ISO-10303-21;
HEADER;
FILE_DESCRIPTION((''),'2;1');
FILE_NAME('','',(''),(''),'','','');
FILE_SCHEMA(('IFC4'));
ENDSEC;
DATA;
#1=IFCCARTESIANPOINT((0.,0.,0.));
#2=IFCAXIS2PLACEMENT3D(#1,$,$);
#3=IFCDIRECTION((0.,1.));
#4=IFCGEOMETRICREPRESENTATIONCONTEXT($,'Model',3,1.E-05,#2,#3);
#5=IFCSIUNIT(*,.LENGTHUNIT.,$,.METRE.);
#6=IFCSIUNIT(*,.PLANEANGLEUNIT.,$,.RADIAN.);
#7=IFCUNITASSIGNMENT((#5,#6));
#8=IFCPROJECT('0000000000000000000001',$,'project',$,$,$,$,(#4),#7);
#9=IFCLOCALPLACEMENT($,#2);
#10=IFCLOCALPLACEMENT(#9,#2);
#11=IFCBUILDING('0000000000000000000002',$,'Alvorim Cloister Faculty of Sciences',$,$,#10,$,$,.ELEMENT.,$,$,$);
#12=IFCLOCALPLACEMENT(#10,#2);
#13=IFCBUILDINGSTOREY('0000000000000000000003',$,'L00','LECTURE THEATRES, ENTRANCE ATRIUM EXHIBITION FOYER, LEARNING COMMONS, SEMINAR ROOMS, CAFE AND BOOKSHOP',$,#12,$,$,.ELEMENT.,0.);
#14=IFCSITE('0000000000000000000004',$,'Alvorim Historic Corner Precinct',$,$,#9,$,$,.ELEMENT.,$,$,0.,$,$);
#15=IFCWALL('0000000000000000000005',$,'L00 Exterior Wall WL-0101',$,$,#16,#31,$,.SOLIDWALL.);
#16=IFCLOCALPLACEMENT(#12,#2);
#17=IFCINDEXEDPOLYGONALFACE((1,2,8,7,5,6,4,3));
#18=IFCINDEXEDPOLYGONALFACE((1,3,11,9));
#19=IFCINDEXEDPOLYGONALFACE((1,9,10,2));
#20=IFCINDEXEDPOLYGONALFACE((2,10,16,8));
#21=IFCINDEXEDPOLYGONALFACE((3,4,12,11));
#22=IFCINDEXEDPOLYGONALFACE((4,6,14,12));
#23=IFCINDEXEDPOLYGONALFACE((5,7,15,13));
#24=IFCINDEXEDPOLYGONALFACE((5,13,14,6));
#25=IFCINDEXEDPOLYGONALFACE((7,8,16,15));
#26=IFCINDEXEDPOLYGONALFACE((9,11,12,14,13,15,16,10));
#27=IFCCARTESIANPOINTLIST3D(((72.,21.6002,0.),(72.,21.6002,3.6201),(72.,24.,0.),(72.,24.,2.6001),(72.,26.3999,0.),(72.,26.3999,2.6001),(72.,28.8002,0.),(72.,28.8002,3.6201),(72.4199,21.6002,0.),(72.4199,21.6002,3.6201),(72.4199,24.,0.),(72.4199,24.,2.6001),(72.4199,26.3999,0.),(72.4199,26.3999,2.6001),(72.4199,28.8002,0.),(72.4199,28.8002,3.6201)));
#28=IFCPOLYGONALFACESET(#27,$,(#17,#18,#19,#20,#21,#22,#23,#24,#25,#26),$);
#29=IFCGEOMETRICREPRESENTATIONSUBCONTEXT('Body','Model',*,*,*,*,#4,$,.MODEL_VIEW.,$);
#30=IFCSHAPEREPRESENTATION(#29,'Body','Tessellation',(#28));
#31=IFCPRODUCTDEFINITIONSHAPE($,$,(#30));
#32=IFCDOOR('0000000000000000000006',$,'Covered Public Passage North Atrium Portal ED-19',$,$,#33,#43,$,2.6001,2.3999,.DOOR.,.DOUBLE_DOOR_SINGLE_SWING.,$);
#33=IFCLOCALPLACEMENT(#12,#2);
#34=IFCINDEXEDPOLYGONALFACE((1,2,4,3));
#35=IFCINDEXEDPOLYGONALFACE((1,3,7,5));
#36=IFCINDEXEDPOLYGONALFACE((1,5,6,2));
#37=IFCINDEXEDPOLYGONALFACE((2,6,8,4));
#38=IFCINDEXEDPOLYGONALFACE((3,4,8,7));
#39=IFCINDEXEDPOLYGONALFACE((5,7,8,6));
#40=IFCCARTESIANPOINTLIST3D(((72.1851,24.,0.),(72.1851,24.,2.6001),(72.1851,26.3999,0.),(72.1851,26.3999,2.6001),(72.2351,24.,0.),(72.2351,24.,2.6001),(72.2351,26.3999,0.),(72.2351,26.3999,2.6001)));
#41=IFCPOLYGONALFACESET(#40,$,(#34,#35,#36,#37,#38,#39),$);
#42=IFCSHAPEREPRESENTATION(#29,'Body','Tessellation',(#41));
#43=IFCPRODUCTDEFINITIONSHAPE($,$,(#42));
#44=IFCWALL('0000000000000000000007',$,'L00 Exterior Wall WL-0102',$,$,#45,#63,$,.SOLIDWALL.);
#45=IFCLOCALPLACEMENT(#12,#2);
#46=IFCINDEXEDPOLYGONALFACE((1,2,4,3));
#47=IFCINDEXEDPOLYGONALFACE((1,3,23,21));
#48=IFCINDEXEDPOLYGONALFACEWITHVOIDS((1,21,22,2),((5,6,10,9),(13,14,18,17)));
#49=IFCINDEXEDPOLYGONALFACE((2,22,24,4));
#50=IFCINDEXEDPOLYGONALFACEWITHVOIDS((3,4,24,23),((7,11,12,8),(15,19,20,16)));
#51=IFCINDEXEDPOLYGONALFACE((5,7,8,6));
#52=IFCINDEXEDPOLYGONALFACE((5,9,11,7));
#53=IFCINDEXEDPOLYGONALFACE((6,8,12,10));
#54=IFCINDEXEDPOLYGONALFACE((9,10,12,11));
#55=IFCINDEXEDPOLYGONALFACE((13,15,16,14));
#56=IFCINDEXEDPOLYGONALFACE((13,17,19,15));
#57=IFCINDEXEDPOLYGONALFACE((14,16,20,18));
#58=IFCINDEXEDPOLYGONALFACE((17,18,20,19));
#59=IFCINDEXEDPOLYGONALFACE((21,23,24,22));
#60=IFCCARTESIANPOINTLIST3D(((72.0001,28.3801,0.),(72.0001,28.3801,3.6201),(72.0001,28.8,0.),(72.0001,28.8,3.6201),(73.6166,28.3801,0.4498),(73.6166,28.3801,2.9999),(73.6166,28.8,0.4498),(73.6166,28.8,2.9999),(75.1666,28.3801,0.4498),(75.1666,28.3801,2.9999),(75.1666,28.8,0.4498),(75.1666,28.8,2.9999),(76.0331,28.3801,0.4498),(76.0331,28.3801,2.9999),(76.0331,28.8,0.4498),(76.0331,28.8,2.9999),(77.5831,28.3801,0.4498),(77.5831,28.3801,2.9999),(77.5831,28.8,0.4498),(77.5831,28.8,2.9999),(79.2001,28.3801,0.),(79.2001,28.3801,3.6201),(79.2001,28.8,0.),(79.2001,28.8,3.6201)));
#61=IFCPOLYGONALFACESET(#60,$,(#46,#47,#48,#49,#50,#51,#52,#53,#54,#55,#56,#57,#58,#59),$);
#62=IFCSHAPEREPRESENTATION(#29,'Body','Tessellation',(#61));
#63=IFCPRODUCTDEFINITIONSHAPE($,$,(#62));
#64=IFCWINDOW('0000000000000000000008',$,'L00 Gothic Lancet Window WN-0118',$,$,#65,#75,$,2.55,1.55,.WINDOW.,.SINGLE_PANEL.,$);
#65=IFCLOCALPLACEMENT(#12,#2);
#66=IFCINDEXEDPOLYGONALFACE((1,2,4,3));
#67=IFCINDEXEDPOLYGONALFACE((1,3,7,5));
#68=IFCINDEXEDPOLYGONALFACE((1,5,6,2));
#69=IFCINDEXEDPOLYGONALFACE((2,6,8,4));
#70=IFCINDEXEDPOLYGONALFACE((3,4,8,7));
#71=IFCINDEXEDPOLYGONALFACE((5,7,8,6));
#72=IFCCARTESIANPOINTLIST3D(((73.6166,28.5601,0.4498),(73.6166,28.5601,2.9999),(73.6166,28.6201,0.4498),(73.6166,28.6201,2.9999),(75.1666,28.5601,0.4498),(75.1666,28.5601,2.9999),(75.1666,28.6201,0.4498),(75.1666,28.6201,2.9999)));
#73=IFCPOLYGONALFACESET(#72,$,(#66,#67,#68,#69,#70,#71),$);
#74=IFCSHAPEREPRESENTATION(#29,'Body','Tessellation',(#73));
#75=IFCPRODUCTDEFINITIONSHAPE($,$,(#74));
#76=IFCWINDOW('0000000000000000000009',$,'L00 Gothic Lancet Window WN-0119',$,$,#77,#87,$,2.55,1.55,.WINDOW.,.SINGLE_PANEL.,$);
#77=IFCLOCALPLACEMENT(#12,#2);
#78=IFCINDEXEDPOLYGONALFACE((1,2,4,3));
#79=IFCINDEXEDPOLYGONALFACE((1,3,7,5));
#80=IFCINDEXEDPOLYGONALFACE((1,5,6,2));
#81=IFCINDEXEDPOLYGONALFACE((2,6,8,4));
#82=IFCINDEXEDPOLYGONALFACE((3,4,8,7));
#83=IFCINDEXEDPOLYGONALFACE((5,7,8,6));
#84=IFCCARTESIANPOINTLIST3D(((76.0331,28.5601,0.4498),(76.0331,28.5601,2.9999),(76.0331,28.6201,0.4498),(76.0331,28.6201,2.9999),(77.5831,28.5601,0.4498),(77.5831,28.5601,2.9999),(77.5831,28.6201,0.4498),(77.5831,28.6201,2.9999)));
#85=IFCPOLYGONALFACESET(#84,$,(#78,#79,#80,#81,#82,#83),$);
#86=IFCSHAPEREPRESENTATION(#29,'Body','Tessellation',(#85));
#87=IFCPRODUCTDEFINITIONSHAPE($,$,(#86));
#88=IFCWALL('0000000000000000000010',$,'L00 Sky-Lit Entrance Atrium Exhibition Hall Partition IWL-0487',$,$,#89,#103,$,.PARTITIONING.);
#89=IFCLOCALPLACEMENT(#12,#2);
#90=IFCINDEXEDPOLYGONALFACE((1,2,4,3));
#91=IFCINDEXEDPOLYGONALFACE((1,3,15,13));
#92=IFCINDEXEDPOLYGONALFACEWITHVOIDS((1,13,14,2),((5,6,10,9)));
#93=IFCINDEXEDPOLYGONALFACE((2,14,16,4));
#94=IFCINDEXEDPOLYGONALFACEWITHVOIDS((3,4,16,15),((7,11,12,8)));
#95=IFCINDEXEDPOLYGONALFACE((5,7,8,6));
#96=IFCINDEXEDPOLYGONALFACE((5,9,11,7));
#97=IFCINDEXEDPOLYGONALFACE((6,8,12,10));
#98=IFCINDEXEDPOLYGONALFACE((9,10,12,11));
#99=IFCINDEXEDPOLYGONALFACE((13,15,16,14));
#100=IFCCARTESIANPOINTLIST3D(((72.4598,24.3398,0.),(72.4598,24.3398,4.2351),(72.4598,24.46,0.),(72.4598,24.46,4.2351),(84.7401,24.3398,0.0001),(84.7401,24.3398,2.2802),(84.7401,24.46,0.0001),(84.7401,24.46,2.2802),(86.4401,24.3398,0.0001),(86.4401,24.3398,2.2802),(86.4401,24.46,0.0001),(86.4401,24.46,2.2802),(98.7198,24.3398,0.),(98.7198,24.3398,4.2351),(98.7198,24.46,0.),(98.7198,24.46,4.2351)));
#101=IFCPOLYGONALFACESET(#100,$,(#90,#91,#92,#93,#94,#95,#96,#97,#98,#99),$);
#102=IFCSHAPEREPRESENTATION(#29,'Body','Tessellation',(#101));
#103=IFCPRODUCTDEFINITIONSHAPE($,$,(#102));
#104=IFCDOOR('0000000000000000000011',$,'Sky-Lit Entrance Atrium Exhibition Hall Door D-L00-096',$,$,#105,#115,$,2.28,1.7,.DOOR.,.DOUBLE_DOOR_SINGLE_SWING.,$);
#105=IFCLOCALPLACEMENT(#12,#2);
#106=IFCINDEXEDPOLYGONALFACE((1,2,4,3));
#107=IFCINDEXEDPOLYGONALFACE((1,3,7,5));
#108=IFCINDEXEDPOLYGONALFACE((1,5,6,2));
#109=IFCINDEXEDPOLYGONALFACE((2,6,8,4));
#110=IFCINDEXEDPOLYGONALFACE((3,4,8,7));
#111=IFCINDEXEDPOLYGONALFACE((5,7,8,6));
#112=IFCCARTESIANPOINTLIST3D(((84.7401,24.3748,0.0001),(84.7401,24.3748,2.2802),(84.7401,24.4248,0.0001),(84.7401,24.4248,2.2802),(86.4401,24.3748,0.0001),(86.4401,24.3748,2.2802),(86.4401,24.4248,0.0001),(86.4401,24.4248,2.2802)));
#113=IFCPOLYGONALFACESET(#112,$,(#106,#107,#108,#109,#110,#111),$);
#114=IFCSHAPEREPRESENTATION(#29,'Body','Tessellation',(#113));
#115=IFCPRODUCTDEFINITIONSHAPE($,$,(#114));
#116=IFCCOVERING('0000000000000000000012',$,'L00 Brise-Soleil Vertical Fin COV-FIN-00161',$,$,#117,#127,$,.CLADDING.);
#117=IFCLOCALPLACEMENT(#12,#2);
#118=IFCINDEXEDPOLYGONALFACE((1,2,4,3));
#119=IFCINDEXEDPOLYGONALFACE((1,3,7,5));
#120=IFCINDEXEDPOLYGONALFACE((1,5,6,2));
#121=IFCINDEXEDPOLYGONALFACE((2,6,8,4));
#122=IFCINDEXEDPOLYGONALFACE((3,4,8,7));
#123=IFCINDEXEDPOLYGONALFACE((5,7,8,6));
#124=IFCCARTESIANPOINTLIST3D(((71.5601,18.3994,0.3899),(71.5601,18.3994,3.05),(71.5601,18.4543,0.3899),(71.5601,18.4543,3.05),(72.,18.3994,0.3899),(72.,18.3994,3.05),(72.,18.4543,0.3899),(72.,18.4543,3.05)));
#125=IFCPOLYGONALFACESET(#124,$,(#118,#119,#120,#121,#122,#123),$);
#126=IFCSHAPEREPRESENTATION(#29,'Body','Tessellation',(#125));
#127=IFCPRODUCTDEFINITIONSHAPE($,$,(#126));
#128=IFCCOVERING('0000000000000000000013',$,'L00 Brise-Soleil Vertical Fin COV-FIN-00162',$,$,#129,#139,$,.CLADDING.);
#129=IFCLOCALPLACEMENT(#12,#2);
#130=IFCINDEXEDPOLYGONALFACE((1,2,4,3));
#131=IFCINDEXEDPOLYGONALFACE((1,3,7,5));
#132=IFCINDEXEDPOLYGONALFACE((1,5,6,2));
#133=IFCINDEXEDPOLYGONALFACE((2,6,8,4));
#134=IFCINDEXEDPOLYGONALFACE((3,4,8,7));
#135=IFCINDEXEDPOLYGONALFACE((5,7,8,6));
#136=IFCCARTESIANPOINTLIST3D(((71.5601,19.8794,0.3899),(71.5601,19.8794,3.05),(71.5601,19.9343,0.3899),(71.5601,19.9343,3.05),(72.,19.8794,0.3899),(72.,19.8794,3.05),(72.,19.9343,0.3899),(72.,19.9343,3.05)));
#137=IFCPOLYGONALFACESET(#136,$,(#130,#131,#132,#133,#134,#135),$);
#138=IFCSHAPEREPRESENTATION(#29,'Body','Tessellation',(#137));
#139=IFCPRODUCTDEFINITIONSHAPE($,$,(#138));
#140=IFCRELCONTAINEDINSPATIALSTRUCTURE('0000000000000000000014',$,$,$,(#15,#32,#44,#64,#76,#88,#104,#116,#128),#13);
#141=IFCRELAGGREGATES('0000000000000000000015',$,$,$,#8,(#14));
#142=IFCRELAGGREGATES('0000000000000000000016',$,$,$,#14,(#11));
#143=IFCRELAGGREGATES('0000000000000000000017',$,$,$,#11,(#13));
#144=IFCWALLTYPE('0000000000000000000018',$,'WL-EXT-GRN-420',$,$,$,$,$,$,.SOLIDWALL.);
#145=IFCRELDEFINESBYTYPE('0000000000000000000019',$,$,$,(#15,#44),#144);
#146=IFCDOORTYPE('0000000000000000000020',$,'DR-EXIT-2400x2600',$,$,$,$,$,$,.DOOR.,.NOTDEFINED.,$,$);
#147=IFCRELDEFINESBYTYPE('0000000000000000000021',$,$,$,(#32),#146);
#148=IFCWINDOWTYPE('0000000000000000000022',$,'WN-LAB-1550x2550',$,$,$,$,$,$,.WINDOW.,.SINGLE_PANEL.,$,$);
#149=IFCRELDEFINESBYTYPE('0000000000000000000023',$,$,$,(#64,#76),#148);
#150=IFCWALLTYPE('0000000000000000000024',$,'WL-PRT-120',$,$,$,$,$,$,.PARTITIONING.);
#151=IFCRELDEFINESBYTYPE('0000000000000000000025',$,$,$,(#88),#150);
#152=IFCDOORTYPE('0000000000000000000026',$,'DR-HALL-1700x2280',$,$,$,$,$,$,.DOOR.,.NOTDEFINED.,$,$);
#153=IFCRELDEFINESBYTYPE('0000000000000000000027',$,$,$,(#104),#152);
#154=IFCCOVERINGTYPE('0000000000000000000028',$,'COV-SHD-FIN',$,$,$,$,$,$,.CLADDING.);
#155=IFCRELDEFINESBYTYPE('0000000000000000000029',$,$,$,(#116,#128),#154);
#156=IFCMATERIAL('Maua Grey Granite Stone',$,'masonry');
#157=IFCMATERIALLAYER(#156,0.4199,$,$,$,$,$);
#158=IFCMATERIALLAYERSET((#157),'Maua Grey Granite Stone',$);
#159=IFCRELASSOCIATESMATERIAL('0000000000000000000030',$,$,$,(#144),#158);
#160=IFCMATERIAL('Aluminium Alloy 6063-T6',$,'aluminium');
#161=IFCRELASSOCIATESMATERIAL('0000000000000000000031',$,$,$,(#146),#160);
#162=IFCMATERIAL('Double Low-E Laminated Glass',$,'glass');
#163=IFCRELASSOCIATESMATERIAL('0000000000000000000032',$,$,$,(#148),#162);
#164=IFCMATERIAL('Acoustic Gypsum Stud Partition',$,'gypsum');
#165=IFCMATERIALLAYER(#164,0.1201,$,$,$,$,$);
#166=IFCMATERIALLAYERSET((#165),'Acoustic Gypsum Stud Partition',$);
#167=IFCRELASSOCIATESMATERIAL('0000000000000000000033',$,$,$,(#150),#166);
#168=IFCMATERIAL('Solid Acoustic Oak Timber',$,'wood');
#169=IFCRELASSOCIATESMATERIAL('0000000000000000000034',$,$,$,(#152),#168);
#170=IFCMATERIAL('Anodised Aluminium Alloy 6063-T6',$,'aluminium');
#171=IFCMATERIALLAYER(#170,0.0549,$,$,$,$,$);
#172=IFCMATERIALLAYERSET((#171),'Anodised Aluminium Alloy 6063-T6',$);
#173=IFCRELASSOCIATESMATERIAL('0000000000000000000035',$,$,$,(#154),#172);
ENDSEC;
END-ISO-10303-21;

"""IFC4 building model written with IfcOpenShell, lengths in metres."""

from ifc_helpers import new_model, si_unit, direction, frame, frame_2d, origin, place, context, subcontext, project, spatial, polyline, rectangle, outline, extrude, material, layer, layer_set, type_object, element, fill, save


model = new_model("IFC4")

# Units and contexts
model_context = context("Model", 3, precision=1e-05, world=origin(), true_north=direction((0.0, 1.0)))
body_context = subcontext(model_context, "Body", "Model", "MODEL_VIEW")
ifc_project = project(units=[si_unit("LENGTHUNIT", "METRE"), si_unit("PLANEANGLEUNIT", "RADIAN")], contexts=[model_context])

# Site, building, storey
site_placement = place(None, origin())
site = spatial("IfcSite", under=ifc_project, at=site_placement, Name="Alvorim Historic Corner Precinct", CompositionType="ELEMENT", RefElevation=0.0)
building_placement = place(site_placement, origin())
building = spatial("IfcBuilding", under=site, at=building_placement, Name="Alvorim Cloister Faculty of Sciences", CompositionType="ELEMENT")
storey_placement = place(building_placement, origin())
storey = spatial("IfcBuildingStorey", under=building, at=storey_placement, Name="L00", Description="LECTURE THEATRES, ENTRANCE ATRIUM EXHIBITION FOYER, LEARNING COMMONS, SEMINAR ROOMS, CAFE AND BOOKSHOP", CompositionType="ELEMENT", Elevation=0.0)

# Shared definitions
ifc_material_1 = material(Name="Aluminium Alloy 6063-T6", Category="aluminium")
ifc_material_2 = material(Name="Double Low-E Laminated Glass", Category="glass")

# Wall, opening, door
ifc_material_3 = material(Name="Maua Grey Granite Stone", Category="masonry")
ifc_layer_1 = layer(ifc_material_3, 0.4199)
ifc_layer_set_1 = layer_set([ifc_layer_1], Name="Maua Grey Granite Stone")
wall_type_1 = type_object("IfcWallType", Name="WL-EXT-GRN-420", PredefinedType="SOLIDWALL", material=ifc_layer_set_1)
wall_1_placement = place(storey_placement, frame((72.21, 21.6001, 0.0), z_axis=(0.0, 0.0, 1.0), x_axis=(0.0, 1.0, 0.0)))
wall_1 = element("IfcWall", 1, at=wall_1_placement, inside=storey, type_object=wall_type_1, Name="L00 Exterior Wall WL-0101", PredefinedType="SOLIDWALL", context=body_context, shape_type="SweptSolid", body=[
    extrude(rectangle(XDim=7.2, YDim=0.4199, at=frame_2d((3.6001, 0.0))), origin(), (0.0, 0.0, 1.0), 3.6201),
])
opening_1_placement = place(wall_1_placement, frame((2.3999, 0.0, 0.0)))
opening_1 = element("IfcOpeningElement", 2, at=opening_1_placement, cuts=wall_1, PredefinedType="OPENING", context=body_context, shape_type="SweptSolid", body=[
    extrude(rectangle(XDim=2.3999, YDim=2.6001, at=frame_2d((1.2, 1.3))), frame((0.0, 0.2219, 0.0), z_axis=(0.0, -1.0, 0.0), x_axis=(1.0, 0.0, 0.0)), (0.0, 0.0, 1.0), 0.4438),
])
door_type_1 = type_object("IfcDoorType", Name="DR-EXIT-2400x2600", OperationType="NOTDEFINED", PredefinedType="DOOR", material=ifc_material_1)
door_1_placement = place(opening_1_placement, origin())
door_1 = element("IfcDoor", 3, at=door_1_placement, inside=storey, type_object=door_type_1, Name="Covered Public Passage North Atrium Portal ED-19", OperationType="DOUBLE_DOOR_SINGLE_SWING", OverallHeight=2.6001, OverallWidth=2.3999, PredefinedType="DOOR", context=body_context, shape_type="SweptSolid", body=[
    extrude(rectangle(XDim=2.3999, YDim=2.6001, at=frame_2d((1.2, 1.3))), frame((0.0, 0.0249, 0.0), z_axis=(0.0, -1.0, 0.0), x_axis=(1.0, 0.0, 0.0)), (0.0, 0.0, 1.0), 0.05),
])
fill(opening_1, door_1)

# Wall, openings, windows
wall_2_placement = place(storey_placement, frame((72.0, 28.5901, 0.0), z_axis=(0.0, 0.0, 1.0), x_axis=(1.0, 0.0, 0.0)))
wall_2 = element("IfcWall", 4, at=wall_2_placement, inside=storey, type_object=wall_type_1, Name="L00 Exterior Wall WL-0102", PredefinedType="SOLIDWALL", context=body_context, shape_type="SweptSolid", body=[
    extrude(rectangle(XDim=7.2, YDim=0.4199, at=frame_2d((3.6001, 0.0))), origin(), (0.0, 0.0, 1.0), 3.6201),
])
opening_2_placement = place(wall_2_placement, frame((1.6167, 0.0, 0.45)))
opening_2 = element("IfcOpeningElement", 5, at=opening_2_placement, cuts=wall_2, PredefinedType="OPENING", context=body_context, shape_type="SweptSolid", body=[
    extrude(rectangle(XDim=1.55, YDim=2.55, at=frame_2d((0.7749, 1.2749))), frame((0.0, 0.2219, 0.0), z_axis=(0.0, -1.0, 0.0), x_axis=(1.0, 0.0, 0.0)), (0.0, 0.0, 1.0), 0.4438),
])
opening_3_placement = place(wall_2_placement, frame((4.0332, 0.0, 0.45)))
opening_3 = element("IfcOpeningElement", 6, at=opening_3_placement, cuts=wall_2, PredefinedType="OPENING", context=body_context, shape_type="SweptSolid", body=[
    extrude(rectangle(XDim=1.55, YDim=2.55, at=frame_2d((0.7749, 1.2749))), frame((0.0, 0.2219, 0.0), z_axis=(0.0, -1.0, 0.0), x_axis=(1.0, 0.0, 0.0)), (0.0, 0.0, 1.0), 0.4438),
])
window_type = type_object("IfcWindowType", Name="WN-LAB-1550x2550", PartitioningType="SINGLE_PANEL", PredefinedType="WINDOW", material=ifc_material_2)
window_1_placement = place(opening_2_placement, origin())
window_1 = element("IfcWindow", 7, at=window_1_placement, inside=storey, type_object=window_type, Name="L00 Gothic Lancet Window WN-0118", OverallHeight=2.55, OverallWidth=1.55, PartitioningType="SINGLE_PANEL", PredefinedType="WINDOW", context=body_context, shape_type="SweptSolid", body=[
    extrude(rectangle(XDim=1.55, YDim=2.55, at=frame_2d((0.7749, 1.2749))), frame((0.0, 0.03, 0.0), z_axis=(0.0, -1.0, 0.0), x_axis=(1.0, 0.0, 0.0)), (0.0, 0.0, 1.0), 0.0601),
])
fill(opening_2, window_1)
window_2_placement = place(opening_3_placement, origin())
window_2 = element("IfcWindow", 8, at=window_2_placement, inside=storey, type_object=window_type, Name="L00 Gothic Lancet Window WN-0119", OverallHeight=2.55, OverallWidth=1.55, PartitioningType="SINGLE_PANEL", PredefinedType="WINDOW", context=body_context, shape_type="SweptSolid", body=[
    extrude(rectangle(XDim=1.55, YDim=2.55, at=frame_2d((0.7749, 1.2749))), frame((0.0, 0.03, 0.0), z_axis=(0.0, -1.0, 0.0), x_axis=(1.0, 0.0, 0.0)), (0.0, 0.0, 1.0), 0.0601),
])
fill(opening_3, window_2)

# Wall, opening, door
ifc_material_4 = material(Name="Acoustic Gypsum Stud Partition", Category="gypsum")
ifc_layer_2 = layer(ifc_material_4, 0.1201)
ifc_layer_set_2 = layer_set([ifc_layer_2], Name="Acoustic Gypsum Stud Partition")
wall_type_2 = type_object("IfcWallType", Name="WL-PRT-120", PredefinedType="PARTITIONING", material=ifc_layer_set_2)
wall_3_placement = place(storey_placement, frame((72.46, 24.3999, 0.0), z_axis=(0.0, 0.0, 1.0), x_axis=(1.0, 0.0, 0.0)))
wall_3 = element("IfcWall", 9, at=wall_3_placement, inside=storey, type_object=wall_type_2, Name="L00 Sky-Lit Entrance Atrium Exhibition Hall Partition IWL-0487", PredefinedType="PARTITIONING", context=body_context, shape_type="SweptSolid", body=[
    extrude(rectangle(XDim=26.26, YDim=0.1201, at=frame_2d((13.1299, 0.0))), origin(), (0.0, 0.0, 1.0), 4.2351),
])
opening_4_placement = place(wall_3_placement, frame((12.28, 0.0, 0.0)))
opening_4 = element("IfcOpeningElement", 10, at=opening_4_placement, cuts=wall_3, PredefinedType="OPENING", context=body_context, shape_type="SweptSolid", body=[
    extrude(rectangle(XDim=1.7, YDim=2.28, at=frame_2d((0.8501, 1.1401))), frame((0.0, 0.072, 0.0), z_axis=(0.0, -1.0, 0.0), x_axis=(1.0, 0.0, 0.0)), (0.0, 0.0, 1.0), 0.144),
])
ifc_material_5 = material(Name="Solid Acoustic Oak Timber", Category="wood")
door_type_2 = type_object("IfcDoorType", Name="DR-HALL-1700x2280", OperationType="NOTDEFINED", PredefinedType="DOOR", material=ifc_material_5)
door_2_placement = place(opening_4_placement, origin())
door_2 = element("IfcDoor", 11, at=door_2_placement, inside=storey, type_object=door_type_2, Name="Sky-Lit Entrance Atrium Exhibition Hall Door D-L00-096", OperationType="DOUBLE_DOOR_SINGLE_SWING", OverallHeight=2.28, OverallWidth=1.7, PredefinedType="DOOR", context=body_context, shape_type="SweptSolid", body=[
    extrude(rectangle(XDim=1.7, YDim=2.28, at=frame_2d((0.8501, 1.1401))), frame((0.0, 0.0249, 0.0), z_axis=(0.0, -1.0, 0.0), x_axis=(1.0, 0.0, 0.0)), (0.0, 0.0, 1.0), 0.05),
])
fill(opening_4, door_2)

# Coverings
ifc_material_6 = material(Name="Anodised Aluminium Alloy 6063-T6", Category="aluminium")
ifc_layer_3 = layer(ifc_material_6, 0.0549)
ifc_layer_set_3 = layer_set([ifc_layer_3], Name="Anodised Aluminium Alloy 6063-T6")
covering_type = type_object("IfcCoveringType", Name="COV-SHD-FIN", PredefinedType="CLADDING", material=ifc_layer_set_3)
for number, where, z_axis, x_axis, name in (
    (12, (72.0, 18.4268, 0.3899), (0.0, 0.0, 1.0), (-1.0, 0.0, 0.0), "L00 Brise-Soleil Vertical Fin COV-FIN-00161"),
    (13, (72.0, 19.9067, 0.3899), (0.0, 0.0, 1.0), (-1.0, 0.0, 0.0), "L00 Brise-Soleil Vertical Fin COV-FIN-00162"),
):
    element("IfcCovering", number, at=place(storey_placement, frame(where, z_axis=z_axis, x_axis=x_axis)), inside=storey, type_object=covering_type, Name=name, PredefinedType="CLADDING", context=body_context, shape_type="SweptSolid", body=[
        extrude(outline(polyline([(0.0, 0.0), (0.4399, 0.0), (0.4399, 2.6602), (0.0, 2.6602), (0.0, 0.0)])), frame((0.0, 0.0273, 0.0), z_axis=(0.0, -1.0, 0.0), x_axis=(1.0, 0.0, 0.0)), (0.0, 0.0, 1.0), 0.0549),
    ])

save(model, "model.ifc")
